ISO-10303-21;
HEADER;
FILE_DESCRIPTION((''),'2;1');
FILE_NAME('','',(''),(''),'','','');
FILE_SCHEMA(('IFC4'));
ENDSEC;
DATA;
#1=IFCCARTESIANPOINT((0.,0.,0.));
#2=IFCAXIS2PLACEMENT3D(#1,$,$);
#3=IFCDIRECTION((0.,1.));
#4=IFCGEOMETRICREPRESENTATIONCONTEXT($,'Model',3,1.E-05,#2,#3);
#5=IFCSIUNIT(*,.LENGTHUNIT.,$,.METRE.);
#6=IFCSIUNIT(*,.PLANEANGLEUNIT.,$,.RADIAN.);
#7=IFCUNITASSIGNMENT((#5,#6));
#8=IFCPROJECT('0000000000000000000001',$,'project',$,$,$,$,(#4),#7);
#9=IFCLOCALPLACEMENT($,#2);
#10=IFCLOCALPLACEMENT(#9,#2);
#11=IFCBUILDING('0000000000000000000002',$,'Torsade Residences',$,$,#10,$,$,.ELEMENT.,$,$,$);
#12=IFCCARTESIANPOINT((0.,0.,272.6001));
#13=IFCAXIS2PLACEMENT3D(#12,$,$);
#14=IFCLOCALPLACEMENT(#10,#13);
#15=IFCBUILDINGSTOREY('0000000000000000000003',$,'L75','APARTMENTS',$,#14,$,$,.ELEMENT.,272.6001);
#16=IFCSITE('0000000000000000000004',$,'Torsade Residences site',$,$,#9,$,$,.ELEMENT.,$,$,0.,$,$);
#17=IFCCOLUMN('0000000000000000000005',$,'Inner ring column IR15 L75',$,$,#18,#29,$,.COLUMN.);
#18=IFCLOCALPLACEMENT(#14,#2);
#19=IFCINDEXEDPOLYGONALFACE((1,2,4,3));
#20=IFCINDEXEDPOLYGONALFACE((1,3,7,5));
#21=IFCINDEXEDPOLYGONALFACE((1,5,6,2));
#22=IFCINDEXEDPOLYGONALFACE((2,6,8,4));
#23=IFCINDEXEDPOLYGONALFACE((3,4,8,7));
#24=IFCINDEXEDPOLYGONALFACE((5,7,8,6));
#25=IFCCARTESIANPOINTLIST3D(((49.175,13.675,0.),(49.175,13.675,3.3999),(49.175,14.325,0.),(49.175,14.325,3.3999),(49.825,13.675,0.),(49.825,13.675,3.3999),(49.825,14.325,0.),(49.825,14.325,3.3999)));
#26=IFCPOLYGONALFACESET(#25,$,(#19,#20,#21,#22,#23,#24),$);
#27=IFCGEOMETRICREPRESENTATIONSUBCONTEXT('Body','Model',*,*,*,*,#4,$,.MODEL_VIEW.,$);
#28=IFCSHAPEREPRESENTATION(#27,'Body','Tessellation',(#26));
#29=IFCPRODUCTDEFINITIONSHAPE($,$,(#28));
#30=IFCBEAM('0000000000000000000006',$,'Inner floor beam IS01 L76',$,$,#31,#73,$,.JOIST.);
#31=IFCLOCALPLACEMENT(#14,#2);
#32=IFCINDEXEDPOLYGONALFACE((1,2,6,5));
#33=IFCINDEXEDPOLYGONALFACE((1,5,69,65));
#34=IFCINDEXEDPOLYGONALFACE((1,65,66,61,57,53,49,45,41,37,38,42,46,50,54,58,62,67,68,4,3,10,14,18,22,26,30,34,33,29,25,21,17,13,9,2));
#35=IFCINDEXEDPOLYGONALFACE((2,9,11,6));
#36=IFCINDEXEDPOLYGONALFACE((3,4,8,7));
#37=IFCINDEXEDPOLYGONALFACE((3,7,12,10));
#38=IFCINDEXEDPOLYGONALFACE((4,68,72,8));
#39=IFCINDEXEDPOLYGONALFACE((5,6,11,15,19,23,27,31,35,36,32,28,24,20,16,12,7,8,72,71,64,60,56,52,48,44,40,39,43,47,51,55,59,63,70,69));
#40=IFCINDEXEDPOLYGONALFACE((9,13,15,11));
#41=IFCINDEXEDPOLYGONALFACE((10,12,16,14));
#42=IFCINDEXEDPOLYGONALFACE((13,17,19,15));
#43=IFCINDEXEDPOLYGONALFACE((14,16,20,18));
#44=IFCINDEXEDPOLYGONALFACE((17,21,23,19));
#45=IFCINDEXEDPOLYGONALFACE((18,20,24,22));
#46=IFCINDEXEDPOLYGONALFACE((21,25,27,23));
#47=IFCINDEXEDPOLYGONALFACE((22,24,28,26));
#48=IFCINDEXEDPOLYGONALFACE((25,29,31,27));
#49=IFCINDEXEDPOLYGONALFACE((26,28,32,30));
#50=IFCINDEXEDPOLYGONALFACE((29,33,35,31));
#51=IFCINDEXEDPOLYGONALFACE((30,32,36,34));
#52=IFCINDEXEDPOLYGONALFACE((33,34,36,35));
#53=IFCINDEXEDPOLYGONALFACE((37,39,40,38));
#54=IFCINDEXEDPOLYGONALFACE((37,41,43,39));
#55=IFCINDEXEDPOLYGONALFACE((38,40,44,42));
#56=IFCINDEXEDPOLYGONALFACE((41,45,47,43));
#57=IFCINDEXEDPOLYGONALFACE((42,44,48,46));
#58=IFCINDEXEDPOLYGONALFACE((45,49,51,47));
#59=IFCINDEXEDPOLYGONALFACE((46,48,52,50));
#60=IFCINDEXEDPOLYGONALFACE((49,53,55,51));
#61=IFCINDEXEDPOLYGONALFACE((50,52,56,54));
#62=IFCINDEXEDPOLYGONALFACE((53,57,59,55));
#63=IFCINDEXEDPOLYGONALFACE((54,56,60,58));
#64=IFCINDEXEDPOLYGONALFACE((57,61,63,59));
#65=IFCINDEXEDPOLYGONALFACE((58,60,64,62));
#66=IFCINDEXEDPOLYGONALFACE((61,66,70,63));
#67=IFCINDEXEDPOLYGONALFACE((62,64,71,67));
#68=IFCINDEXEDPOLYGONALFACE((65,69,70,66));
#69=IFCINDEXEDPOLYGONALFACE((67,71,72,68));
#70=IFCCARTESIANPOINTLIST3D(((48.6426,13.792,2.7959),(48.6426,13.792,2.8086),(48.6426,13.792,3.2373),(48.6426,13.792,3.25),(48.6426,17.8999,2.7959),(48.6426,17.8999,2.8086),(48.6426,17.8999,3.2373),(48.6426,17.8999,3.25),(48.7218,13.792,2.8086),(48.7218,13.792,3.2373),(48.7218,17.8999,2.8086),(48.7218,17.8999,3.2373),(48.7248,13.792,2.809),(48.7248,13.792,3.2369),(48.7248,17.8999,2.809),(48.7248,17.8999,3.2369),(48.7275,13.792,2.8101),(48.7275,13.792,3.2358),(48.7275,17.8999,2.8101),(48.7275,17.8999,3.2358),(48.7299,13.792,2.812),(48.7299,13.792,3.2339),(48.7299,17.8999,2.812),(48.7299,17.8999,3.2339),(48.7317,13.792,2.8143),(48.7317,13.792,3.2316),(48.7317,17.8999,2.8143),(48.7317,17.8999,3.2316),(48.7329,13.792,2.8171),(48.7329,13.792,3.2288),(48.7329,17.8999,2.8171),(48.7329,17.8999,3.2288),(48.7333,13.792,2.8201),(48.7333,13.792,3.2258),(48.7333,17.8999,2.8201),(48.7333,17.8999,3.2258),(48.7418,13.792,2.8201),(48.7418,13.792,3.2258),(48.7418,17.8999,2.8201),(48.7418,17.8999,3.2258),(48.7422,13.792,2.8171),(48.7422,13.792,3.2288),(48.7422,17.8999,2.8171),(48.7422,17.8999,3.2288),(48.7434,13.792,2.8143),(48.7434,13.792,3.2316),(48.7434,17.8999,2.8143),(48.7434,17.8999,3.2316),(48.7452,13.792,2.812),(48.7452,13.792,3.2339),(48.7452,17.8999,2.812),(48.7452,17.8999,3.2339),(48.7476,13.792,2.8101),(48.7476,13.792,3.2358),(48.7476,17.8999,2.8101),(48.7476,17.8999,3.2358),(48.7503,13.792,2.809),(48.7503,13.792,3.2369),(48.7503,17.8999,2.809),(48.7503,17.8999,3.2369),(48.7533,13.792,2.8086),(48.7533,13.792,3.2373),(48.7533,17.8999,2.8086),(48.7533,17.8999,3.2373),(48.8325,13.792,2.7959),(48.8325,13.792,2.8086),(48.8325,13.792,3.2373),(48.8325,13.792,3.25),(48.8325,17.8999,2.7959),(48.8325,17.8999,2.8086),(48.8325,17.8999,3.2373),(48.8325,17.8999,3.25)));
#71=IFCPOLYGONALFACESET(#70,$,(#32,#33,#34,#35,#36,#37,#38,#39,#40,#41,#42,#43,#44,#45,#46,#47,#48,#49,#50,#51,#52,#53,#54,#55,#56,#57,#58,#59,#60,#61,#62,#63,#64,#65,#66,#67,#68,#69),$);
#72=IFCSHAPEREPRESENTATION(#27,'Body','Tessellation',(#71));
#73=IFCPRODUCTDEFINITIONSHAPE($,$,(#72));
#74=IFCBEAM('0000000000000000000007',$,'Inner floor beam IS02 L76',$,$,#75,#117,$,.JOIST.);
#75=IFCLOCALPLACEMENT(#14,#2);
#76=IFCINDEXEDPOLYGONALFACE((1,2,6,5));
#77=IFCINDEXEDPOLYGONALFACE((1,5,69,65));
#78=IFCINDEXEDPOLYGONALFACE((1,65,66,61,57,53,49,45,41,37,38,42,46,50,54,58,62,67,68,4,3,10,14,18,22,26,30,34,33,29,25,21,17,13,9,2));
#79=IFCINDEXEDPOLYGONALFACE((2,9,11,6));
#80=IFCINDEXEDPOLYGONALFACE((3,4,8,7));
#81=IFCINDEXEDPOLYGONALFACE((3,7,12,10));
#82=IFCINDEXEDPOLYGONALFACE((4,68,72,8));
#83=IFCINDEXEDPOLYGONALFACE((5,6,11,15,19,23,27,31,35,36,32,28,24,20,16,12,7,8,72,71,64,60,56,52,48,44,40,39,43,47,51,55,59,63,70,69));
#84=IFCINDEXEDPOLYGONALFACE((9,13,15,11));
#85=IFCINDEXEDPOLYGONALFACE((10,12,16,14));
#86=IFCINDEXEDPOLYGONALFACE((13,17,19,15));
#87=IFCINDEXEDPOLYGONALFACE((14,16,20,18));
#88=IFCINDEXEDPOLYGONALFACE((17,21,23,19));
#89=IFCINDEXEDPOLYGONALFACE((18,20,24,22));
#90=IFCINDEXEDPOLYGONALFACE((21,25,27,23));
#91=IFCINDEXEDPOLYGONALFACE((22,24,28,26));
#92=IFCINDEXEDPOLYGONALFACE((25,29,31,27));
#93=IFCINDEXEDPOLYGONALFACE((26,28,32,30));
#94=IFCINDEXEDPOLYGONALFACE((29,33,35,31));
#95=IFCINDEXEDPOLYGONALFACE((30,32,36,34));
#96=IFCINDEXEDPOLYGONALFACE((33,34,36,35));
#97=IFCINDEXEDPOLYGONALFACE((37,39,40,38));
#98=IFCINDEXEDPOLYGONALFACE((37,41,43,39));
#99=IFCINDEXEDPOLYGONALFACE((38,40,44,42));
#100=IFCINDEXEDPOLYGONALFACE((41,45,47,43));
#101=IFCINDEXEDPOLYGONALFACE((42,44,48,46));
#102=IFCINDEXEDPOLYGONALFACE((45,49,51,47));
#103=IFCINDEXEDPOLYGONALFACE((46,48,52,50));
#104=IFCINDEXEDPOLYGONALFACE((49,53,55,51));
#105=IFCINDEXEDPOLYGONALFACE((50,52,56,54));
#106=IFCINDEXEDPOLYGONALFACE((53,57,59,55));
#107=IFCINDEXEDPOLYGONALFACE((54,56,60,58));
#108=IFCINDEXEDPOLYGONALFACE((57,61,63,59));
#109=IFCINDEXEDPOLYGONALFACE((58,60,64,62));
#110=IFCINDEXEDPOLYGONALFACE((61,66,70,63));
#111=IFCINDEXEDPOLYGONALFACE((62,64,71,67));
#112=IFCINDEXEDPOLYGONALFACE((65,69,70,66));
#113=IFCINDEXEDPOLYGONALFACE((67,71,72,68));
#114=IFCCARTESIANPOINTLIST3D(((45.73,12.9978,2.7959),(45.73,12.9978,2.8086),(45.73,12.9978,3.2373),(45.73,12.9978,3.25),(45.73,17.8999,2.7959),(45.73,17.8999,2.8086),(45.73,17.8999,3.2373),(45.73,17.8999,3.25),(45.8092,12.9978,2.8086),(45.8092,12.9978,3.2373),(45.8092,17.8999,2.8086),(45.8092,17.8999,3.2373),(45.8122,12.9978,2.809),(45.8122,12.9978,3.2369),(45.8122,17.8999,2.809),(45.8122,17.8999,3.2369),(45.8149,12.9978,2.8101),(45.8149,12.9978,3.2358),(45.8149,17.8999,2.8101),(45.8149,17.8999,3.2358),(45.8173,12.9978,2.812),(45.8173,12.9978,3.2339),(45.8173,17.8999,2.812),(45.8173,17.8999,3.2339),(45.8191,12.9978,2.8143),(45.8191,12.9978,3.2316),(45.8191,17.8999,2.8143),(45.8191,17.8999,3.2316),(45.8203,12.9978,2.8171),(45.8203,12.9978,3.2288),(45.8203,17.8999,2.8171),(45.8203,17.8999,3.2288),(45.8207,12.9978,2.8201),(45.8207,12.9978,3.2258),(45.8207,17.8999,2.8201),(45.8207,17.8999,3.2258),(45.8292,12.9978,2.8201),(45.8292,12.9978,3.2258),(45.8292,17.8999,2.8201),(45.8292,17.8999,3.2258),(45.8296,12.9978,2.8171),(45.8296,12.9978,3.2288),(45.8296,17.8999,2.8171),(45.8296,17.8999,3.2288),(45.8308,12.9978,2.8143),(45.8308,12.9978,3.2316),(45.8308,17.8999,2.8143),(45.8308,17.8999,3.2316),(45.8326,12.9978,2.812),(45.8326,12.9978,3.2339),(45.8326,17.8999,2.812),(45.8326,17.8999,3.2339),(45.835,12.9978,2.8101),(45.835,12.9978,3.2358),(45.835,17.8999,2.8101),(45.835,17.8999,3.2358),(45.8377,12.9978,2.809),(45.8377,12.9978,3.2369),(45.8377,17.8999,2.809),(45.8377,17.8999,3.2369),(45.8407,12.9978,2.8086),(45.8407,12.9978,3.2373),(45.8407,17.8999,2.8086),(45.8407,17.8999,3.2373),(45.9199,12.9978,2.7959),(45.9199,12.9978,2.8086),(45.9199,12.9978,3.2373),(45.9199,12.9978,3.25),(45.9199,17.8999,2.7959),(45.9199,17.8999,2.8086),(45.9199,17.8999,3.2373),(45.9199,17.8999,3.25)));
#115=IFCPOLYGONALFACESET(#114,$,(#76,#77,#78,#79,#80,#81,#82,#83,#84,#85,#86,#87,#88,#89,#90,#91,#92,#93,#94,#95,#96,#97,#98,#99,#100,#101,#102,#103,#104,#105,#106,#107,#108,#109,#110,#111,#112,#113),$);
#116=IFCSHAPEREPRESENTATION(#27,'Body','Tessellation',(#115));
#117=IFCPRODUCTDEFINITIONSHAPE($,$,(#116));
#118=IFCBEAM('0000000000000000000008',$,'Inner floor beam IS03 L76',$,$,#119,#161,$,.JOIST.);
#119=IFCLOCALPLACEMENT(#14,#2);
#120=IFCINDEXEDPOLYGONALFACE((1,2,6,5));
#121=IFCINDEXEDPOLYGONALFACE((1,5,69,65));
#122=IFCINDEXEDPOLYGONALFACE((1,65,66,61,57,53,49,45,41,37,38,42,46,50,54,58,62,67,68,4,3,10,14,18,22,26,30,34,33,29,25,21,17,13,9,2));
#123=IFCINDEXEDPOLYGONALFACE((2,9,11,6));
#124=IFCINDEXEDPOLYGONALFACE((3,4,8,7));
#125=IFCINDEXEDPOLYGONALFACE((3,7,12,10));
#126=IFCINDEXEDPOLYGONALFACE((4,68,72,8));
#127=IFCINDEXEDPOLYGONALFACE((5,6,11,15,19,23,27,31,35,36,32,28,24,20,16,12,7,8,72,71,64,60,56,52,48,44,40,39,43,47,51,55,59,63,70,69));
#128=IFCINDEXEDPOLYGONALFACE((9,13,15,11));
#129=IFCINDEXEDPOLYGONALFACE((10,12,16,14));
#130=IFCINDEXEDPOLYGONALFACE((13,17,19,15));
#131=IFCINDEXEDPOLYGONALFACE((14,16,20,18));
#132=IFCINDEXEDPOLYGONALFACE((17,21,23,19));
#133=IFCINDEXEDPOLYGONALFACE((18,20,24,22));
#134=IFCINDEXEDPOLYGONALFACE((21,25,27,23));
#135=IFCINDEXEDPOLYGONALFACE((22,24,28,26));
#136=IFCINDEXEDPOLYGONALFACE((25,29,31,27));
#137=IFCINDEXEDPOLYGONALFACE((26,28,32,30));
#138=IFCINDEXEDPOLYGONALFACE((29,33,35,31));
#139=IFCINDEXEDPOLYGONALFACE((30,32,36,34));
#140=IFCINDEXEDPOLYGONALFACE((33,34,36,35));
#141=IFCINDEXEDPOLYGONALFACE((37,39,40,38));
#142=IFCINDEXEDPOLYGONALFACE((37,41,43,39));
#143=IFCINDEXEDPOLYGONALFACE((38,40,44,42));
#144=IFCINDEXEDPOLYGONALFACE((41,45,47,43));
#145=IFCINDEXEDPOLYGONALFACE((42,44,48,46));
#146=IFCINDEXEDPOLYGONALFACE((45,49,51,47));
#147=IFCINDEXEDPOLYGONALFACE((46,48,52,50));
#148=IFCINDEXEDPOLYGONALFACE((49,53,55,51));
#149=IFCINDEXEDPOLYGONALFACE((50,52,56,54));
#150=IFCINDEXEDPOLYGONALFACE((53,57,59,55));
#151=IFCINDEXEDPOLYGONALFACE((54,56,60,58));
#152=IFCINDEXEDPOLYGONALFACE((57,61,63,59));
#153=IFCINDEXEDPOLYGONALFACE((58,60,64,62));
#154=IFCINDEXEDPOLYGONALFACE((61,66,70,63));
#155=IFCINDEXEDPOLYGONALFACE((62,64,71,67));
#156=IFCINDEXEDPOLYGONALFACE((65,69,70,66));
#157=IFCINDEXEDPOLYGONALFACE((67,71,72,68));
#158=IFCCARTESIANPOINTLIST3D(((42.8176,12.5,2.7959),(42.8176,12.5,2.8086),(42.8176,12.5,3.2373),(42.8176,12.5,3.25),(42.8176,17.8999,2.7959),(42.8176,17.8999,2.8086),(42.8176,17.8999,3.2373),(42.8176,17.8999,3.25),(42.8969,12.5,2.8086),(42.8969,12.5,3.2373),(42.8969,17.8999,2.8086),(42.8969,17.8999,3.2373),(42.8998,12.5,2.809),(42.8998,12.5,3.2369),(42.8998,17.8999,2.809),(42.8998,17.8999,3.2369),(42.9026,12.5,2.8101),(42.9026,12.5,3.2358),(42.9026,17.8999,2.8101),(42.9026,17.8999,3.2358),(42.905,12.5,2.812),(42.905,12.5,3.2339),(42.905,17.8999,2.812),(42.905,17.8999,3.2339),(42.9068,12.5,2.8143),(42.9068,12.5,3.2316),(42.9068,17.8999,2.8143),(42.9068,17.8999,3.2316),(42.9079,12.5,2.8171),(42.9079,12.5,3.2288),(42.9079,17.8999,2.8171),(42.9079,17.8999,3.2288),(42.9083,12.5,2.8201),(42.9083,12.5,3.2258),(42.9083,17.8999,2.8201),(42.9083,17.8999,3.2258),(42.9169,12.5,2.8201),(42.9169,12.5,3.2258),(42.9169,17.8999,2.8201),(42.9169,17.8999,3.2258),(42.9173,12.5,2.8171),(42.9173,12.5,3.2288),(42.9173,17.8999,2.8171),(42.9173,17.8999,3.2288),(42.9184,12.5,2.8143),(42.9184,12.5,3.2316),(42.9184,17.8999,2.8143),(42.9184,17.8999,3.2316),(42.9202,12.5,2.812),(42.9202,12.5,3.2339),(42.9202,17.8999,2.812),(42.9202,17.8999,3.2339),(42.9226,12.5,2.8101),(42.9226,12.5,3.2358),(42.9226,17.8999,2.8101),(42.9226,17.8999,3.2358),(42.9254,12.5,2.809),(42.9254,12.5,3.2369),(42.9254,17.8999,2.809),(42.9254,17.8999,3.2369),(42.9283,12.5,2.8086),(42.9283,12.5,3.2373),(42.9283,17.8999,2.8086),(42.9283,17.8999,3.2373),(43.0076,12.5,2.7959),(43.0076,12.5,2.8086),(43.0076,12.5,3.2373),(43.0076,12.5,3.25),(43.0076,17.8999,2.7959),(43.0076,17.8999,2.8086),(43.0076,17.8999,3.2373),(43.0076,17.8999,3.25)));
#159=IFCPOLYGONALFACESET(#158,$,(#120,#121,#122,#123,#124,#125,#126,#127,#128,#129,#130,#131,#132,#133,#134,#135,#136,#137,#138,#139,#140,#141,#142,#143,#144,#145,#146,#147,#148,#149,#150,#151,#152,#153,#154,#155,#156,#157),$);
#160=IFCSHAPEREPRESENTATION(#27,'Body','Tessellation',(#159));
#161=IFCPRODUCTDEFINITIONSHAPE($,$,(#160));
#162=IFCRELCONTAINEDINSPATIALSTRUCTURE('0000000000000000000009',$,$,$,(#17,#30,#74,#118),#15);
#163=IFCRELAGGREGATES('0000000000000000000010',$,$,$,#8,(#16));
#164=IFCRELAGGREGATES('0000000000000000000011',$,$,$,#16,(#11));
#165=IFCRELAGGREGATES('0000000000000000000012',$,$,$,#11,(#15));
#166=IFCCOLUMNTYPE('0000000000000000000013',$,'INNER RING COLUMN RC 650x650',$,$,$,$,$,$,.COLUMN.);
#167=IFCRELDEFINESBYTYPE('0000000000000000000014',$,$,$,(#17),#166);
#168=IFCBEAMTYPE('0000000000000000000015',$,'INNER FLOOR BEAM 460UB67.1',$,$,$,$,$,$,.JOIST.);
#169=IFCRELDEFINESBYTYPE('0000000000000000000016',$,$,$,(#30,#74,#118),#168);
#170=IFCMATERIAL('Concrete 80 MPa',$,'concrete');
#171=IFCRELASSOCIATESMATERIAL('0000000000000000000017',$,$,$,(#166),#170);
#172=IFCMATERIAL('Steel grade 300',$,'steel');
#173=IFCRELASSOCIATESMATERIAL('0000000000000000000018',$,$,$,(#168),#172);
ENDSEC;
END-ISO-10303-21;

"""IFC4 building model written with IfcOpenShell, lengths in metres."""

from ifc_helpers import new_model, si_unit, direction, frame, origin, origin_2d, place, context, subcontext, project, spatial, rectangle, i_section, extrude, material, material_profile, profile_set, type_object, element, save


model = new_model("IFC4")

# Units and contexts
model_context = context("Model", 3, precision=1e-05, world=origin(), true_north=direction((0.0, 1.0)))
body_context = subcontext(model_context, "Body", "Model", "MODEL_VIEW")
ifc_project = project(units=[si_unit("LENGTHUNIT", "METRE"), si_unit("PLANEANGLEUNIT", "RADIAN")], contexts=[model_context])

# Site, building, storey
site_placement = place(None, origin())
site = spatial("IfcSite", under=ifc_project, at=site_placement, Name="Torsade Residences site", CompositionType="ELEMENT", RefElevation=0.0)
building_placement = place(site_placement, origin())
building = spatial("IfcBuilding", under=site, at=building_placement, Name="Torsade Residences", CompositionType="ELEMENT")
storey_placement = place(building_placement, frame((0.0, 0.0, 272.6001)))
storey = spatial("IfcBuildingStorey", under=building, at=storey_placement, Name="L75", Description="APARTMENTS", CompositionType="ELEMENT", Elevation=272.6001)

# Column
ifc_material_1 = material(Name="Concrete 80 MPa", Category="concrete")
ifc_material_profile_1 = material_profile(ifc_material_1, rectangle(XDim=0.6499, YDim=0.6499, at=origin_2d()), Name="RC 650x650")
ifc_profile_set_1 = profile_set([ifc_material_profile_1], Name="Concrete 80 MPa")
column_type = type_object("IfcColumnType", Name="INNER RING COLUMN RC 650x650", PredefinedType="COLUMN", material=ifc_profile_set_1)
column_placement = place(storey_placement, frame((49.5, 14.0, 0.0), z_axis=(0.0, 0.0, 1.0), x_axis=(1.0, 0.0, 0.0)))
element("IfcColumn", 1, at=column_placement, inside=storey, type_object=column_type, Name="Inner ring column IR15 L75", PredefinedType="COLUMN", context=body_context, shape_type="SweptSolid", body=[
    extrude(rectangle(XDim=0.6499, YDim=0.6499, at=origin_2d()), origin(), (0.0, 0.0, 1.0), 3.3999),
])

# Beams
ifc_material_2 = material(Name="Steel grade 300", Category="steel")
ifc_material_profile_2 = material_profile(ifc_material_2, i_section(OverallWidth=0.1899, OverallDepth=0.4541, WebThickness=0.0085, FlangeThickness=0.0127, FilletRadius=0.0115, at=origin_2d()), Name="460UB67.1")
ifc_profile_set_2 = profile_set([ifc_material_profile_2], Name="Steel grade 300")
beam_type_1 = type_object("IfcBeamType", Name="INNER FLOOR BEAM 460UB67.1", PredefinedType="JOIST", material=ifc_profile_set_2)
beam_1_placement = place(storey_placement, frame((48.7375, 17.8999, 3.0229), z_axis=(0.0, -1.0, 0.0), x_axis=(1.0, 0.0, 0.0)))
element("IfcBeam", 2, at=beam_1_placement, inside=storey, type_object=beam_type_1, Name="Inner floor beam IS01 L76", PredefinedType="JOIST", context=body_context, shape_type="SweptSolid", body=[
    extrude(i_section(OverallWidth=0.1899, OverallDepth=0.4541, WebThickness=0.0085, FlangeThickness=0.0127, FilletRadius=0.0115, at=origin_2d()), origin(), (0.0, 0.0, 1.0), 4.1079),
])
beam_2_placement = place(storey_placement, frame((45.825, 17.8999, 3.0229), z_axis=(0.0, -1.0, 0.0), x_axis=(1.0, 0.0, 0.0)))
element("IfcBeam", 3, at=beam_2_placement, inside=storey, type_object=beam_type_1, Name="Inner floor beam IS02 L76", PredefinedType="JOIST", context=body_context, shape_type="SweptSolid", body=[
    extrude(i_section(OverallWidth=0.1899, OverallDepth=0.4541, WebThickness=0.0085, FlangeThickness=0.0127, FilletRadius=0.0115, at=origin_2d()), origin(), (0.0, 0.0, 1.0), 4.9021),
])
for number, where, z_axis, x_axis, name in (
    (4, (42.9126, 17.8999, 3.0229), (0.0, -1.0, 0.0), (1.0, 0.0, 0.0), "Inner floor beam IS03 L76"),
):
    element("IfcBeam", number, at=place(storey_placement, frame(where, z_axis=z_axis, x_axis=x_axis)), inside=storey, type_object=beam_type_1, Name=name, PredefinedType="JOIST", context=body_context, shape_type="SweptSolid", body=[
        extrude(i_section(OverallWidth=0.1899, OverallDepth=0.4541, WebThickness=0.0085, FlangeThickness=0.0127, FilletRadius=0.0115, at=origin_2d()), origin(), (0.0, 0.0, 1.0), 5.3999),
    ])

save(model, "model.ifc")
